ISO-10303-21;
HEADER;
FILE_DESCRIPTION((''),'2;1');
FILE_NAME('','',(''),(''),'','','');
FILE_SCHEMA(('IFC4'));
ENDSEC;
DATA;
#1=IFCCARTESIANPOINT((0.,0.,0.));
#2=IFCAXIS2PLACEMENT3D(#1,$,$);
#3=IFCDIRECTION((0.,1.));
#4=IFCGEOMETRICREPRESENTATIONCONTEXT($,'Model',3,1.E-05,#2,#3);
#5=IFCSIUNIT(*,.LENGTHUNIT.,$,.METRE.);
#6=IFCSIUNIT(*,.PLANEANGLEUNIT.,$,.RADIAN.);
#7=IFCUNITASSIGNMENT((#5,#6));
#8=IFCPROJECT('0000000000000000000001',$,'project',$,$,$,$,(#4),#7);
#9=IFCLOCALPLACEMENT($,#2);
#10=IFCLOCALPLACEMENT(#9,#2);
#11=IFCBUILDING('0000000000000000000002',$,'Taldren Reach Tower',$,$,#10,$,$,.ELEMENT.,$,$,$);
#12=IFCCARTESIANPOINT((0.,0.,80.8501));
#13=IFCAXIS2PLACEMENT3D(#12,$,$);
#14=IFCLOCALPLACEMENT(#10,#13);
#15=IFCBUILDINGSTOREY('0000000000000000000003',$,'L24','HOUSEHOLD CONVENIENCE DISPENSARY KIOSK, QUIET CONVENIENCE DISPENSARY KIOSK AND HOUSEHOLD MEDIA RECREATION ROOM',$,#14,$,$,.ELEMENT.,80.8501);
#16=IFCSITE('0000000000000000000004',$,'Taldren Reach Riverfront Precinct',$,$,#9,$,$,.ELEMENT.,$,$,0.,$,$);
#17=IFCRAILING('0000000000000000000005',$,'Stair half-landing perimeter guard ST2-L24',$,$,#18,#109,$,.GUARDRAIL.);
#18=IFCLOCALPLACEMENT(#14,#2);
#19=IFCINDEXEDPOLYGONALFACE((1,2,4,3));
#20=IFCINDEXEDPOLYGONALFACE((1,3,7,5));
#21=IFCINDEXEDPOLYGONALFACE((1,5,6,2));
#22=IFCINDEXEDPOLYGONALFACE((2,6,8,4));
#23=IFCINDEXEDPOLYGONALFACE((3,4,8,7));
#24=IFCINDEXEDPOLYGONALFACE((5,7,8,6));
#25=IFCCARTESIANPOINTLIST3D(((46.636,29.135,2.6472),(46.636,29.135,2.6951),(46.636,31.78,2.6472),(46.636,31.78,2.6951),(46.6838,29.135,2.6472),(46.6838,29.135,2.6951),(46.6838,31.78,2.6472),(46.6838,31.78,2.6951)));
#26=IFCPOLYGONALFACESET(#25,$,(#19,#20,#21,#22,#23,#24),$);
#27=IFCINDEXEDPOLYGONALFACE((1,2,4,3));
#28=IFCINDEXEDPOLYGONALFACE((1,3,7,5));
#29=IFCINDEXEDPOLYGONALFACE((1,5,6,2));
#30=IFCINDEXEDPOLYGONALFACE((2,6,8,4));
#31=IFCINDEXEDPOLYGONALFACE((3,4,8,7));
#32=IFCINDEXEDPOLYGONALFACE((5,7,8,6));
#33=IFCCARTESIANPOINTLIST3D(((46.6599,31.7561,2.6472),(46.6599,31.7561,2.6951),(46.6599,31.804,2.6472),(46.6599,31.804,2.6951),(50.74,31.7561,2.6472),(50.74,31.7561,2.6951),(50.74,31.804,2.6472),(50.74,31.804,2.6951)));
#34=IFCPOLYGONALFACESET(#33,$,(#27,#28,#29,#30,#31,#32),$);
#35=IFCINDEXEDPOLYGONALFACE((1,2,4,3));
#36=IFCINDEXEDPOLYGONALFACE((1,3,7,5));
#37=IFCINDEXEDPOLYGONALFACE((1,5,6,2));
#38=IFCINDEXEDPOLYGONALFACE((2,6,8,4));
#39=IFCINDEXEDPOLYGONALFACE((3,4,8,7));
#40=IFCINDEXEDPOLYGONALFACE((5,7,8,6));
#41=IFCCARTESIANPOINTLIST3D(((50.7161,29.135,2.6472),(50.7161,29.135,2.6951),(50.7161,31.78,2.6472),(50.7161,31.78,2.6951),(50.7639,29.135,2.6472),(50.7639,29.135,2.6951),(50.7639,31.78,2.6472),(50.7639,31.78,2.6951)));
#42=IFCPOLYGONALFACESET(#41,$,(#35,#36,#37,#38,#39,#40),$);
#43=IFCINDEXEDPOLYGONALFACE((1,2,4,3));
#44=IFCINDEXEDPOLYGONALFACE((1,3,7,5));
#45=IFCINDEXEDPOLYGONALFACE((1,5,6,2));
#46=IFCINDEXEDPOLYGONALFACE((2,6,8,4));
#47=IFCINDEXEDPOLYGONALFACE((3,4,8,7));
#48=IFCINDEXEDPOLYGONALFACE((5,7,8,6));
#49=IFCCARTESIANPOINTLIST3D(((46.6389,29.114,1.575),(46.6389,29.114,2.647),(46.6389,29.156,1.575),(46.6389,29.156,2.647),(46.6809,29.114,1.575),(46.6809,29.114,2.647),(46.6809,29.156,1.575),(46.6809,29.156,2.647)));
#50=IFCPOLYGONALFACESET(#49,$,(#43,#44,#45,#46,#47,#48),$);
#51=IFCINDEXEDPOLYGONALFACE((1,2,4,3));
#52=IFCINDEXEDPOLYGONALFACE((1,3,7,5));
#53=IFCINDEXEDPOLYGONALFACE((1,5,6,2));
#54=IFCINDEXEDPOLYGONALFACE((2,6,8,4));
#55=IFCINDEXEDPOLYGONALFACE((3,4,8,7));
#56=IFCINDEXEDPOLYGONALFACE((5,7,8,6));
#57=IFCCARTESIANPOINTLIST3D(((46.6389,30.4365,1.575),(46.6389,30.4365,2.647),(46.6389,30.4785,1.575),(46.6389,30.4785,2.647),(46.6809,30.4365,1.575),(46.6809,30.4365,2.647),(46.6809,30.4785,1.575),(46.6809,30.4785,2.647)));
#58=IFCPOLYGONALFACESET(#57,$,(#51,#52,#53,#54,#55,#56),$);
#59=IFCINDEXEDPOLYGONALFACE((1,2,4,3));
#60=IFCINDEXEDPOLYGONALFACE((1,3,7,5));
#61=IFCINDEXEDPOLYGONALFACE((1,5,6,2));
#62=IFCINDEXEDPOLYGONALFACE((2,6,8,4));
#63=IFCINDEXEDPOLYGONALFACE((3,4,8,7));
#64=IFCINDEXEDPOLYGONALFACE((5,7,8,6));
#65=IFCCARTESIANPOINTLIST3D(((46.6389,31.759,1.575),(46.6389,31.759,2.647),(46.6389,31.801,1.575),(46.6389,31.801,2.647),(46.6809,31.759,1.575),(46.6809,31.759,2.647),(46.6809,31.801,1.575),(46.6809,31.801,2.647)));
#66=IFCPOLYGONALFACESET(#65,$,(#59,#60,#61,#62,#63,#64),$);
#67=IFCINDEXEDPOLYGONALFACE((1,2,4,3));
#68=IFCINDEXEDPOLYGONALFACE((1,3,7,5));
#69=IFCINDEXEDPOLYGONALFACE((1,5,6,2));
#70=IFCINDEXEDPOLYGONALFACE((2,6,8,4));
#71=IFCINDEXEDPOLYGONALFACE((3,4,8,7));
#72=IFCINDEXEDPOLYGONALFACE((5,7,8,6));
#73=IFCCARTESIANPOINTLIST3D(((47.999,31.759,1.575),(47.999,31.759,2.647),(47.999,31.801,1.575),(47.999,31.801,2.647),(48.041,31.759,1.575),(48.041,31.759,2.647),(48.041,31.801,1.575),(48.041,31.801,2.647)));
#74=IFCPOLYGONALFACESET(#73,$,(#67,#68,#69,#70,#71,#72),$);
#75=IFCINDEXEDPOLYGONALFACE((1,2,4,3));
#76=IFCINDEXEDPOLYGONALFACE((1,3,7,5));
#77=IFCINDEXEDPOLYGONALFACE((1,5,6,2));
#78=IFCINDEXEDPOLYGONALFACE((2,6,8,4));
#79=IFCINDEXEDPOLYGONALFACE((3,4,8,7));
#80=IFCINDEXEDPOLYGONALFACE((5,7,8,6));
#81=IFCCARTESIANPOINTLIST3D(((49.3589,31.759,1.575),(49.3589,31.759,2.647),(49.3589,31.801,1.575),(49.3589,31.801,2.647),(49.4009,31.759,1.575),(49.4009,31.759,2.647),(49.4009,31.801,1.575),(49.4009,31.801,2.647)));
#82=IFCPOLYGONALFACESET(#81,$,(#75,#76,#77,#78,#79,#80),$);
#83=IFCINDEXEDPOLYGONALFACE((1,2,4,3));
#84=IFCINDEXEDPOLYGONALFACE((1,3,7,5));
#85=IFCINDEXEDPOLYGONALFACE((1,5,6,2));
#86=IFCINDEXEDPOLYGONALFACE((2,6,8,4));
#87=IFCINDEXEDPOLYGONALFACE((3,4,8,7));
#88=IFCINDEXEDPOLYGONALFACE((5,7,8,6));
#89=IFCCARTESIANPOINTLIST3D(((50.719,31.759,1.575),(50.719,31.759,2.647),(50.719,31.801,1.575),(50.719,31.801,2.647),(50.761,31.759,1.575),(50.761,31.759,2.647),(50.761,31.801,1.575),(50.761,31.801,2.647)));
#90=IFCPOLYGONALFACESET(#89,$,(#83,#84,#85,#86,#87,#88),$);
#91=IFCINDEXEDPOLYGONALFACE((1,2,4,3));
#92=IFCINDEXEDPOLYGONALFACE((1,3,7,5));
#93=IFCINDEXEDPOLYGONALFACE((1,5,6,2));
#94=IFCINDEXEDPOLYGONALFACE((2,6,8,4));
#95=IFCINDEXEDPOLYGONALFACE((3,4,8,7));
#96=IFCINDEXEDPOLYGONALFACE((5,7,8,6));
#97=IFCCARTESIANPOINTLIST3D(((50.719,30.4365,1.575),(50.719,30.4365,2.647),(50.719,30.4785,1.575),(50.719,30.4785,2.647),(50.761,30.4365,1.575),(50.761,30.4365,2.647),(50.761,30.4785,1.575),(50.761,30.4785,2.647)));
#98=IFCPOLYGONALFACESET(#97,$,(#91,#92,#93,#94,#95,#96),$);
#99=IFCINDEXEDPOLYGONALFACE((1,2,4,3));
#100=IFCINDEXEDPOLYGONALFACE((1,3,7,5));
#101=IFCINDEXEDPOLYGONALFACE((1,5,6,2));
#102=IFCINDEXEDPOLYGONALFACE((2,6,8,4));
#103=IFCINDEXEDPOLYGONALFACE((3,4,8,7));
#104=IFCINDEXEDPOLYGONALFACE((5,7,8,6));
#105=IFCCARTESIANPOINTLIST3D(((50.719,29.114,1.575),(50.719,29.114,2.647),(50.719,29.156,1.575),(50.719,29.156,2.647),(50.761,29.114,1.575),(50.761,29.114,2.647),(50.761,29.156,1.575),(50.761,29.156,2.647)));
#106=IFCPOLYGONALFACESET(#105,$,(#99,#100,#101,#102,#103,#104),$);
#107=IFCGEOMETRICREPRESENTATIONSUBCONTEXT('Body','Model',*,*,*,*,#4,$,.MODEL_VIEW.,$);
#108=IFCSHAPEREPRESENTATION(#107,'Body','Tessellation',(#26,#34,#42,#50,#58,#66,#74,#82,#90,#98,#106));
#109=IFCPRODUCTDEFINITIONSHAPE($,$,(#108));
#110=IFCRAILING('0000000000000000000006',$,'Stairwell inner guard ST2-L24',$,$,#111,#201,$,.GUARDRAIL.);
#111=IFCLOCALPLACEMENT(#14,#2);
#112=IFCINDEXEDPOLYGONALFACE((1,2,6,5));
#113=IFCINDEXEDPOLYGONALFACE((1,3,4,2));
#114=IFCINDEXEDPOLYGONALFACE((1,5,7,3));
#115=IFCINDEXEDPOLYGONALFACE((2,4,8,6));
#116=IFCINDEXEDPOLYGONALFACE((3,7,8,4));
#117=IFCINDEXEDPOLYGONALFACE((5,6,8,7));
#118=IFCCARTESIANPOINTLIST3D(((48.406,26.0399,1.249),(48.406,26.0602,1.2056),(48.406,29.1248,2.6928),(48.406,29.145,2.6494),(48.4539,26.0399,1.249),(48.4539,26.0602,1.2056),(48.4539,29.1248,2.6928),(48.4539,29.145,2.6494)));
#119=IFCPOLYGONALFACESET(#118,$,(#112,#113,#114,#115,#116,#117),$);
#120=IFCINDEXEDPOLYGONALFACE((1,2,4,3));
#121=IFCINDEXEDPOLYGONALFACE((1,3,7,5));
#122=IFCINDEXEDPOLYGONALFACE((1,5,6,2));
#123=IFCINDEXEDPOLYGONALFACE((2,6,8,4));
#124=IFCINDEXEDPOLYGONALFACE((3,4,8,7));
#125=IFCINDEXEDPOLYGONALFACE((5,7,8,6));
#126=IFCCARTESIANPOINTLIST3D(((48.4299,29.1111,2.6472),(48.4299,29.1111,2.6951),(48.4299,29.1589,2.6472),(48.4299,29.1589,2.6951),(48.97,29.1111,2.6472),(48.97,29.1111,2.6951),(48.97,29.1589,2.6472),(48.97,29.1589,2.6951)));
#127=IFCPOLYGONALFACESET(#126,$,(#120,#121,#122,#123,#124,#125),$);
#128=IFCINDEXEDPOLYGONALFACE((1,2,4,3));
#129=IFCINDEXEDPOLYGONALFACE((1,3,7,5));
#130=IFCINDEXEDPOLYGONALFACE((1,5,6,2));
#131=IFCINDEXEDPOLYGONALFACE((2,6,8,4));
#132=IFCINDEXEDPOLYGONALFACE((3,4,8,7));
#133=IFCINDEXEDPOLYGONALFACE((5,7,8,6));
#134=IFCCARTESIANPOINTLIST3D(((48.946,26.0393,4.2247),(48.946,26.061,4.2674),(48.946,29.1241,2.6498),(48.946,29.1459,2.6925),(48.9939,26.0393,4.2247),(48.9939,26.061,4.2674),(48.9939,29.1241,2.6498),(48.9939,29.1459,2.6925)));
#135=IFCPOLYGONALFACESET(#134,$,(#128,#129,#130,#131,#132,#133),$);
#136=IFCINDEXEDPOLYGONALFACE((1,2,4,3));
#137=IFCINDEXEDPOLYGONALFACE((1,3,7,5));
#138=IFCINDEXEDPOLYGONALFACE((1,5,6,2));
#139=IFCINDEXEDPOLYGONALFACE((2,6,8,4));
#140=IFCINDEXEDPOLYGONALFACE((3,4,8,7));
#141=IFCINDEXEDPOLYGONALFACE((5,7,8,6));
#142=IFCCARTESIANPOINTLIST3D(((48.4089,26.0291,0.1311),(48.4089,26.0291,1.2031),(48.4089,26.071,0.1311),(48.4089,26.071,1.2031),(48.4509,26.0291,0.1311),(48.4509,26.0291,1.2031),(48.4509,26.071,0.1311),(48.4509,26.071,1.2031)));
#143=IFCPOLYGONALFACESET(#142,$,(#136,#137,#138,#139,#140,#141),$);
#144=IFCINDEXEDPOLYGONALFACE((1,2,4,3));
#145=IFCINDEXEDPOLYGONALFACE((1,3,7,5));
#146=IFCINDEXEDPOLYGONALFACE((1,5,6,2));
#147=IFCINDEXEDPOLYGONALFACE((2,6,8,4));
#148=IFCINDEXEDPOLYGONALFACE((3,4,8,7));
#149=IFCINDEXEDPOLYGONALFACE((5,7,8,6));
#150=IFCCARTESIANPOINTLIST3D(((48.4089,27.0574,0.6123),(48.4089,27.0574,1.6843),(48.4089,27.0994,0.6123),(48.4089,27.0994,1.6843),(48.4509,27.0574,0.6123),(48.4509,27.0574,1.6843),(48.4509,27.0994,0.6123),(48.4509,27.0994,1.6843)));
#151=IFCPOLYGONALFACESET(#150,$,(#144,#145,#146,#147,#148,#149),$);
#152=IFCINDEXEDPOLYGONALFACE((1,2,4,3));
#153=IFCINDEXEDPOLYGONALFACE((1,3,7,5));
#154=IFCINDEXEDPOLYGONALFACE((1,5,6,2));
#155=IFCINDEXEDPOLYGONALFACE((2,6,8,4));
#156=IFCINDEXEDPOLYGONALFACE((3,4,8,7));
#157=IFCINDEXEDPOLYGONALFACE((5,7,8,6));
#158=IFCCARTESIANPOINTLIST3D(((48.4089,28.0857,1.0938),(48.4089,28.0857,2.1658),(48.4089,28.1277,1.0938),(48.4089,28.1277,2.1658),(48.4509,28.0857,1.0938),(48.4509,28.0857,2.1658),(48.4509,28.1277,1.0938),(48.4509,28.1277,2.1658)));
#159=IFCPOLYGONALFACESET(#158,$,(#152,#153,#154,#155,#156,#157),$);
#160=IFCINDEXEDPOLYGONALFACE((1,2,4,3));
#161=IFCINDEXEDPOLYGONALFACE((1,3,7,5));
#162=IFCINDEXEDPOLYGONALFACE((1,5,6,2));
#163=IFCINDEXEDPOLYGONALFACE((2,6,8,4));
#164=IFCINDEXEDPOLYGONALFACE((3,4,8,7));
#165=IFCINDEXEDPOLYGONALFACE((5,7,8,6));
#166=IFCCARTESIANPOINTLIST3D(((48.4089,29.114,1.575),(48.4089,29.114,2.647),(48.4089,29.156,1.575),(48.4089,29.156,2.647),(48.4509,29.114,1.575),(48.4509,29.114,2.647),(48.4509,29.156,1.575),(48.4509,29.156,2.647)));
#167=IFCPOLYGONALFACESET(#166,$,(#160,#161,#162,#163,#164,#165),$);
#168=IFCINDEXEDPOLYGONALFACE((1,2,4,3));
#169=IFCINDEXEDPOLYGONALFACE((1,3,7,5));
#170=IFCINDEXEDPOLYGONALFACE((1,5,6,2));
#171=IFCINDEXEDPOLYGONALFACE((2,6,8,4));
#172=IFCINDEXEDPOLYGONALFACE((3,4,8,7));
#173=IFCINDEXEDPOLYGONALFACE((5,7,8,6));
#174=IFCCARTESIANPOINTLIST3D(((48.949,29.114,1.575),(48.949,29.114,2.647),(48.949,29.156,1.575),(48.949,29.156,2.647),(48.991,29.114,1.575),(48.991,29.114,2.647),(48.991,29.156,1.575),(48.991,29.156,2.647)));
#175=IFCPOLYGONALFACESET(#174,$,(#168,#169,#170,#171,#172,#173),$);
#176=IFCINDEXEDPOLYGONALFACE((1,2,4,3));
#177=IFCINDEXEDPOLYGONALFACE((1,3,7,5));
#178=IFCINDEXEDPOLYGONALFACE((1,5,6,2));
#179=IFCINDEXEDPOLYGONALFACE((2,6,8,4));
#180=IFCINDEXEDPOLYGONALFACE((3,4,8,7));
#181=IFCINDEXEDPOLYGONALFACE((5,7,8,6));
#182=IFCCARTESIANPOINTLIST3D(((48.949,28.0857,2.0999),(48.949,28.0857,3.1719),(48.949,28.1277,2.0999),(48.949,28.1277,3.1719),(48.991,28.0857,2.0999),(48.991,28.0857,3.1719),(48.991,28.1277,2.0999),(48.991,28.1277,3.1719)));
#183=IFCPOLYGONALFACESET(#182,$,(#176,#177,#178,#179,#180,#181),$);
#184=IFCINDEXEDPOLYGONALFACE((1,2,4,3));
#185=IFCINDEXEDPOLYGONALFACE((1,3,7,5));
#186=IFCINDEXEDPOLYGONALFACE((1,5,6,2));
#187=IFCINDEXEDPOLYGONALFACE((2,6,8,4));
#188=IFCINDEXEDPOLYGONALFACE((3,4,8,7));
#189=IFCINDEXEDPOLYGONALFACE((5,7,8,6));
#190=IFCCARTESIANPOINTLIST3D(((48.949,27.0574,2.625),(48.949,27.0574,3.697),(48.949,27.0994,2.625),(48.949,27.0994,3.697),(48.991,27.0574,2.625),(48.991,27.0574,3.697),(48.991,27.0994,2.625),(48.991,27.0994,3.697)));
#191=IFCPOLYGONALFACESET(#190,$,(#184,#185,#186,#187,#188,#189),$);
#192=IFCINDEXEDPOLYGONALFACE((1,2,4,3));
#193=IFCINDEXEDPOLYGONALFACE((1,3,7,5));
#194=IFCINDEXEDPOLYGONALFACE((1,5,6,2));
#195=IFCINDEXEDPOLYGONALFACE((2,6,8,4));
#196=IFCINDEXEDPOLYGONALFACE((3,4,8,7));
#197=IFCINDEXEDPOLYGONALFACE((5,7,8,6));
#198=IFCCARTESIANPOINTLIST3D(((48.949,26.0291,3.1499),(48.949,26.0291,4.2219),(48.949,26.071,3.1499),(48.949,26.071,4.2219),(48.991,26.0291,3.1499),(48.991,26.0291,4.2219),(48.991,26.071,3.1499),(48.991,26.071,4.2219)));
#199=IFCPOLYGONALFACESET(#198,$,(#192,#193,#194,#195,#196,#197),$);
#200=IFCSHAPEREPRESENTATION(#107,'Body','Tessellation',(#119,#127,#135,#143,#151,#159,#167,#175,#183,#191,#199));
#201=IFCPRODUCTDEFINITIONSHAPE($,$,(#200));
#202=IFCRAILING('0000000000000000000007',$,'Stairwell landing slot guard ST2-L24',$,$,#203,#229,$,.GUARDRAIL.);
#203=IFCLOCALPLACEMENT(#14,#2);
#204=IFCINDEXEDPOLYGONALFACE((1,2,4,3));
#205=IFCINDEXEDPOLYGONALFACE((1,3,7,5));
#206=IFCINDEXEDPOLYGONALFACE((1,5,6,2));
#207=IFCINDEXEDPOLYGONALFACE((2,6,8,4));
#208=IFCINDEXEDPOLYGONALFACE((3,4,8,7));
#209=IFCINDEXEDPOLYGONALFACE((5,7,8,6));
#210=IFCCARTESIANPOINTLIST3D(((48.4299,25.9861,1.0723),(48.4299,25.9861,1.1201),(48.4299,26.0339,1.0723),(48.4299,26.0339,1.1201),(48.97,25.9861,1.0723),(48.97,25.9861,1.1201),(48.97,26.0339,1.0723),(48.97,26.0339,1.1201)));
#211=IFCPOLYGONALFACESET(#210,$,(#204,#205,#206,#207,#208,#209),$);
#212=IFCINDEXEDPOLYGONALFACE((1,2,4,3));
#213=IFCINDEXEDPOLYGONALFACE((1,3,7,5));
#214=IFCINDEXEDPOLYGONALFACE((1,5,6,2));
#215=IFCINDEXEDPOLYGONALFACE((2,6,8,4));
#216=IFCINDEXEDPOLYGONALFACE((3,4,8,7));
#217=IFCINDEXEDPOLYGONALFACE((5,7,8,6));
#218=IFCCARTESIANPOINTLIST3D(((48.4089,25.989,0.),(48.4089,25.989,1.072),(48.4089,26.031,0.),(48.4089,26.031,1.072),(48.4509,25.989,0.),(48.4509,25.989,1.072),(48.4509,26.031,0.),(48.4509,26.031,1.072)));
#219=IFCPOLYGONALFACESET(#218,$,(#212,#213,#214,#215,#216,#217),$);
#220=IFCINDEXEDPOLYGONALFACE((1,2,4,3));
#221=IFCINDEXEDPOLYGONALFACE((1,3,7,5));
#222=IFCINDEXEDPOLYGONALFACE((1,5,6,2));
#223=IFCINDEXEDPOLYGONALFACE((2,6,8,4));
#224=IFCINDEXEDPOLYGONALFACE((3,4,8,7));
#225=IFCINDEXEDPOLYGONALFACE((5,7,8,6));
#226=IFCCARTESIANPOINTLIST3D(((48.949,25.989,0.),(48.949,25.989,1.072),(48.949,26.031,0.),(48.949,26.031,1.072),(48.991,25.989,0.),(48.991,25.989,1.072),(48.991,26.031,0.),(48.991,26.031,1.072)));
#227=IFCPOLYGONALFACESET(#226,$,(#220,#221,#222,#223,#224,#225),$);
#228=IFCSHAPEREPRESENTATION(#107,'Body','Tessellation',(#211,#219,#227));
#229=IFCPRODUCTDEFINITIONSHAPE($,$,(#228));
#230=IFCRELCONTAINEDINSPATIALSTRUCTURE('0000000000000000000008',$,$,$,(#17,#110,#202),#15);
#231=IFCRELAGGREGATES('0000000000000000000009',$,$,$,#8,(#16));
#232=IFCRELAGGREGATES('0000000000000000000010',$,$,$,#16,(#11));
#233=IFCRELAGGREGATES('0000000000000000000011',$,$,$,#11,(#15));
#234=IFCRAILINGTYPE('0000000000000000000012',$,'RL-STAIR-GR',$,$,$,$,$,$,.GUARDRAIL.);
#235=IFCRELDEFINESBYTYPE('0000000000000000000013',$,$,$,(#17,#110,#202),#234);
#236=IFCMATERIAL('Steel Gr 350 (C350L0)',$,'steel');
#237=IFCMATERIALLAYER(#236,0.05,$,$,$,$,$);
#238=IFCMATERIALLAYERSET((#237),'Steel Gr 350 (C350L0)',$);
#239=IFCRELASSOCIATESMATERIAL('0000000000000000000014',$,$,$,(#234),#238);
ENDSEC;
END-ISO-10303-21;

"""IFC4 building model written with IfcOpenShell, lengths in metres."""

from ifc_helpers import new_model, si_unit, direction, frame, origin, origin_2d, place, context, subcontext, project, spatial, rectangle, extrude, material, layer, layer_set, type_object, element, save


model = new_model("IFC4")

# Units and contexts
model_context = context("Model", 3, precision=1e-05, world=origin(), true_north=direction((0.0, 1.0)))
body_context = subcontext(model_context, "Body", "Model", "MODEL_VIEW")
ifc_project = project(units=[si_unit("LENGTHUNIT", "METRE"), si_unit("PLANEANGLEUNIT", "RADIAN")], contexts=[model_context])

# Site, building, storey
site_placement = place(None, origin())
site = spatial("IfcSite", under=ifc_project, at=site_placement, Name="Taldren Reach Riverfront Precinct", CompositionType="ELEMENT", RefElevation=0.0)
building_placement = place(site_placement, origin())
building = spatial("IfcBuilding", under=site, at=building_placement, Name="Taldren Reach Tower", CompositionType="ELEMENT")
storey_placement = place(building_placement, frame((0.0, 0.0, 80.8501)))
storey = spatial("IfcBuildingStorey", under=building, at=storey_placement, Name="L24", Description="HOUSEHOLD CONVENIENCE DISPENSARY KIOSK, QUIET CONVENIENCE DISPENSARY KIOSK AND HOUSEHOLD MEDIA RECREATION ROOM", CompositionType="ELEMENT", Elevation=80.8501)

# Shared definitions
ifc_material_1 = material(Name="Steel Gr 350 (C350L0)", Category="steel")

# Railings
ifc_layer_1 = layer(ifc_material_1, 0.05)
ifc_layer_set_1 = layer_set([ifc_layer_1], Name="Steel Gr 350 (C350L0)")
railing_type_1 = type_object("IfcRailingType", Name="RL-STAIR-GR", PredefinedType="GUARDRAIL", material=ifc_layer_set_1)
railing_1_placement = place(storey_placement, frame((46.6599, 29.135, 1.575)))
element("IfcRailing", 1, at=railing_1_placement, inside=storey, type_object=railing_type_1, Name="Stair half-landing perimeter guard ST2-L24", PredefinedType="GUARDRAIL", context=body_context, shape_type="SweptSolid", body=[
    extrude(rectangle(XDim=0.0479, YDim=0.0479, at=origin_2d()), frame((0.0, 0.0, 1.0962), z_axis=(0.0, 1.0, 0.0), x_axis=(-1.0, 0.0, 0.0)), (0.0, 0.0, 1.0), 2.645),
    extrude(rectangle(XDim=0.0479, YDim=0.0479, at=origin_2d()), frame((0.0, 2.645, 1.0962), z_axis=(1.0, 0.0, 0.0), x_axis=(0.0, 1.0, 0.0)), (0.0, 0.0, 1.0), 4.0801),
    extrude(rectangle(XDim=0.0479, YDim=0.0479, at=origin_2d()), frame((4.0801, 2.645, 1.0962), z_axis=(0.0, -1.0, 0.0), x_axis=(1.0, 0.0, 0.0)), (0.0, 0.0, 1.0), 2.645),
    extrude(rectangle(XDim=0.042, YDim=0.042, at=origin_2d()), origin(), (0.0, 0.0, 1.0), 1.072),
    extrude(rectangle(XDim=0.042, YDim=0.042, at=origin_2d()), frame((0.0, 1.3225, 0.0)), (0.0, 0.0, 1.0), 1.072),
    extrude(rectangle(XDim=0.042, YDim=0.042, at=origin_2d()), frame((0.0, 2.645, 0.0)), (0.0, 0.0, 1.0), 1.072),
    extrude(rectangle(XDim=0.042, YDim=0.042, at=origin_2d()), frame((1.3601, 2.645, 0.0)), (0.0, 0.0, 1.0), 1.072),
    extrude(rectangle(XDim=0.042, YDim=0.042, at=origin_2d()), frame((2.72, 2.645, 0.0)), (0.0, 0.0, 1.0), 1.072),
    extrude(rectangle(XDim=0.042, YDim=0.042, at=origin_2d()), frame((4.0801, 2.645, 0.0)), (0.0, 0.0, 1.0), 1.072),
    extrude(rectangle(XDim=0.042, YDim=0.042, at=origin_2d()), frame((4.0801, 1.3225, 0.0)), (0.0, 0.0, 1.0), 1.072),
    extrude(rectangle(XDim=0.042, YDim=0.042, at=origin_2d()), frame((4.0801, 0.0, 0.0)), (0.0, 0.0, 1.0), 1.072),
])
railing_2_placement = place(storey_placement, frame((48.4299, 26.05, 0.1311)))
element("IfcRailing", 2, at=railing_2_placement, inside=storey, type_object=railing_type_1, Name="Stairwell inner guard ST2-L24", PredefinedType="GUARDRAIL", context=body_context, shape_type="SweptSolid", body=[
    extrude(rectangle(XDim=0.0479, YDim=0.0479, at=origin_2d()), frame((0.0, 0.0, 1.0962), z_axis=(0.0, 0.90571, 0.423898), x_axis=(-1.0, 0.0, 0.0)), (0.0, 0.0, 1.0), 3.406),
    extrude(rectangle(XDim=0.0479, YDim=0.0479, at=origin_2d()), frame((0.0, 3.085, 2.54), z_axis=(1.0, 0.0, 0.0), x_axis=(0.0, 1.0, 0.0)), (0.0, 0.0, 1.0), 0.54),
    extrude(rectangle(XDim=0.0479, YDim=0.0479, at=origin_2d()), frame((0.54, 3.085, 2.54), z_axis=(0.0, -0.890646, 0.454697), x_axis=(1.0, 0.0, 0.0)), (0.0, 0.0, 1.0), 3.4636),
    extrude(rectangle(XDim=0.042, YDim=0.042, at=origin_2d()), origin(), (0.0, 0.0, 1.0), 1.072),
    extrude(rectangle(XDim=0.042, YDim=0.042, at=origin_2d()), frame((0.0, 1.0283, 0.4812)), (0.0, 0.0, 1.0), 1.072),
    extrude(rectangle(XDim=0.042, YDim=0.042, at=origin_2d()), frame((0.0, 2.0566, 0.9626)), (0.0, 0.0, 1.0), 1.072),
    extrude(rectangle(XDim=0.042, YDim=0.042, at=origin_2d()), frame((0.0, 3.085, 1.4438)), (0.0, 0.0, 1.0), 1.072),
    extrude(rectangle(XDim=0.042, YDim=0.042, at=origin_2d()), frame((0.54, 3.085, 1.4438)), (0.0, 0.0, 1.0), 1.072),
    extrude(rectangle(XDim=0.042, YDim=0.042, at=origin_2d()), frame((0.54, 2.0566, 1.9688)), (0.0, 0.0, 1.0), 1.072),
    extrude(rectangle(XDim=0.042, YDim=0.042, at=origin_2d()), frame((0.54, 1.0283, 2.4939)), (0.0, 0.0, 1.0), 1.072),
    extrude(rectangle(XDim=0.042, YDim=0.042, at=origin_2d()), frame((0.54, 0.0, 3.0188)), (0.0, 0.0, 1.0), 1.072),
])
railing_3_placement = place(storey_placement, frame((48.4299, 26.01, 0.0)))
element("IfcRailing", 3, at=railing_3_placement, inside=storey, type_object=railing_type_1, Name="Stairwell landing slot guard ST2-L24", PredefinedType="GUARDRAIL", context=body_context, shape_type="SweptSolid", body=[
    extrude(rectangle(XDim=0.0479, YDim=0.0479, at=origin_2d()), frame((0.0, 0.0, 1.0962), z_axis=(1.0, 0.0, 0.0), x_axis=(0.0, 1.0, 0.0)), (0.0, 0.0, 1.0), 0.54),
    extrude(rectangle(XDim=0.042, YDim=0.042, at=origin_2d()), origin(), (0.0, 0.0, 1.0), 1.072),
    extrude(rectangle(XDim=0.042, YDim=0.042, at=origin_2d()), frame((0.54, 0.0, 0.0)), (0.0, 0.0, 1.0), 1.072),
])

save(model, "model.ifc")
